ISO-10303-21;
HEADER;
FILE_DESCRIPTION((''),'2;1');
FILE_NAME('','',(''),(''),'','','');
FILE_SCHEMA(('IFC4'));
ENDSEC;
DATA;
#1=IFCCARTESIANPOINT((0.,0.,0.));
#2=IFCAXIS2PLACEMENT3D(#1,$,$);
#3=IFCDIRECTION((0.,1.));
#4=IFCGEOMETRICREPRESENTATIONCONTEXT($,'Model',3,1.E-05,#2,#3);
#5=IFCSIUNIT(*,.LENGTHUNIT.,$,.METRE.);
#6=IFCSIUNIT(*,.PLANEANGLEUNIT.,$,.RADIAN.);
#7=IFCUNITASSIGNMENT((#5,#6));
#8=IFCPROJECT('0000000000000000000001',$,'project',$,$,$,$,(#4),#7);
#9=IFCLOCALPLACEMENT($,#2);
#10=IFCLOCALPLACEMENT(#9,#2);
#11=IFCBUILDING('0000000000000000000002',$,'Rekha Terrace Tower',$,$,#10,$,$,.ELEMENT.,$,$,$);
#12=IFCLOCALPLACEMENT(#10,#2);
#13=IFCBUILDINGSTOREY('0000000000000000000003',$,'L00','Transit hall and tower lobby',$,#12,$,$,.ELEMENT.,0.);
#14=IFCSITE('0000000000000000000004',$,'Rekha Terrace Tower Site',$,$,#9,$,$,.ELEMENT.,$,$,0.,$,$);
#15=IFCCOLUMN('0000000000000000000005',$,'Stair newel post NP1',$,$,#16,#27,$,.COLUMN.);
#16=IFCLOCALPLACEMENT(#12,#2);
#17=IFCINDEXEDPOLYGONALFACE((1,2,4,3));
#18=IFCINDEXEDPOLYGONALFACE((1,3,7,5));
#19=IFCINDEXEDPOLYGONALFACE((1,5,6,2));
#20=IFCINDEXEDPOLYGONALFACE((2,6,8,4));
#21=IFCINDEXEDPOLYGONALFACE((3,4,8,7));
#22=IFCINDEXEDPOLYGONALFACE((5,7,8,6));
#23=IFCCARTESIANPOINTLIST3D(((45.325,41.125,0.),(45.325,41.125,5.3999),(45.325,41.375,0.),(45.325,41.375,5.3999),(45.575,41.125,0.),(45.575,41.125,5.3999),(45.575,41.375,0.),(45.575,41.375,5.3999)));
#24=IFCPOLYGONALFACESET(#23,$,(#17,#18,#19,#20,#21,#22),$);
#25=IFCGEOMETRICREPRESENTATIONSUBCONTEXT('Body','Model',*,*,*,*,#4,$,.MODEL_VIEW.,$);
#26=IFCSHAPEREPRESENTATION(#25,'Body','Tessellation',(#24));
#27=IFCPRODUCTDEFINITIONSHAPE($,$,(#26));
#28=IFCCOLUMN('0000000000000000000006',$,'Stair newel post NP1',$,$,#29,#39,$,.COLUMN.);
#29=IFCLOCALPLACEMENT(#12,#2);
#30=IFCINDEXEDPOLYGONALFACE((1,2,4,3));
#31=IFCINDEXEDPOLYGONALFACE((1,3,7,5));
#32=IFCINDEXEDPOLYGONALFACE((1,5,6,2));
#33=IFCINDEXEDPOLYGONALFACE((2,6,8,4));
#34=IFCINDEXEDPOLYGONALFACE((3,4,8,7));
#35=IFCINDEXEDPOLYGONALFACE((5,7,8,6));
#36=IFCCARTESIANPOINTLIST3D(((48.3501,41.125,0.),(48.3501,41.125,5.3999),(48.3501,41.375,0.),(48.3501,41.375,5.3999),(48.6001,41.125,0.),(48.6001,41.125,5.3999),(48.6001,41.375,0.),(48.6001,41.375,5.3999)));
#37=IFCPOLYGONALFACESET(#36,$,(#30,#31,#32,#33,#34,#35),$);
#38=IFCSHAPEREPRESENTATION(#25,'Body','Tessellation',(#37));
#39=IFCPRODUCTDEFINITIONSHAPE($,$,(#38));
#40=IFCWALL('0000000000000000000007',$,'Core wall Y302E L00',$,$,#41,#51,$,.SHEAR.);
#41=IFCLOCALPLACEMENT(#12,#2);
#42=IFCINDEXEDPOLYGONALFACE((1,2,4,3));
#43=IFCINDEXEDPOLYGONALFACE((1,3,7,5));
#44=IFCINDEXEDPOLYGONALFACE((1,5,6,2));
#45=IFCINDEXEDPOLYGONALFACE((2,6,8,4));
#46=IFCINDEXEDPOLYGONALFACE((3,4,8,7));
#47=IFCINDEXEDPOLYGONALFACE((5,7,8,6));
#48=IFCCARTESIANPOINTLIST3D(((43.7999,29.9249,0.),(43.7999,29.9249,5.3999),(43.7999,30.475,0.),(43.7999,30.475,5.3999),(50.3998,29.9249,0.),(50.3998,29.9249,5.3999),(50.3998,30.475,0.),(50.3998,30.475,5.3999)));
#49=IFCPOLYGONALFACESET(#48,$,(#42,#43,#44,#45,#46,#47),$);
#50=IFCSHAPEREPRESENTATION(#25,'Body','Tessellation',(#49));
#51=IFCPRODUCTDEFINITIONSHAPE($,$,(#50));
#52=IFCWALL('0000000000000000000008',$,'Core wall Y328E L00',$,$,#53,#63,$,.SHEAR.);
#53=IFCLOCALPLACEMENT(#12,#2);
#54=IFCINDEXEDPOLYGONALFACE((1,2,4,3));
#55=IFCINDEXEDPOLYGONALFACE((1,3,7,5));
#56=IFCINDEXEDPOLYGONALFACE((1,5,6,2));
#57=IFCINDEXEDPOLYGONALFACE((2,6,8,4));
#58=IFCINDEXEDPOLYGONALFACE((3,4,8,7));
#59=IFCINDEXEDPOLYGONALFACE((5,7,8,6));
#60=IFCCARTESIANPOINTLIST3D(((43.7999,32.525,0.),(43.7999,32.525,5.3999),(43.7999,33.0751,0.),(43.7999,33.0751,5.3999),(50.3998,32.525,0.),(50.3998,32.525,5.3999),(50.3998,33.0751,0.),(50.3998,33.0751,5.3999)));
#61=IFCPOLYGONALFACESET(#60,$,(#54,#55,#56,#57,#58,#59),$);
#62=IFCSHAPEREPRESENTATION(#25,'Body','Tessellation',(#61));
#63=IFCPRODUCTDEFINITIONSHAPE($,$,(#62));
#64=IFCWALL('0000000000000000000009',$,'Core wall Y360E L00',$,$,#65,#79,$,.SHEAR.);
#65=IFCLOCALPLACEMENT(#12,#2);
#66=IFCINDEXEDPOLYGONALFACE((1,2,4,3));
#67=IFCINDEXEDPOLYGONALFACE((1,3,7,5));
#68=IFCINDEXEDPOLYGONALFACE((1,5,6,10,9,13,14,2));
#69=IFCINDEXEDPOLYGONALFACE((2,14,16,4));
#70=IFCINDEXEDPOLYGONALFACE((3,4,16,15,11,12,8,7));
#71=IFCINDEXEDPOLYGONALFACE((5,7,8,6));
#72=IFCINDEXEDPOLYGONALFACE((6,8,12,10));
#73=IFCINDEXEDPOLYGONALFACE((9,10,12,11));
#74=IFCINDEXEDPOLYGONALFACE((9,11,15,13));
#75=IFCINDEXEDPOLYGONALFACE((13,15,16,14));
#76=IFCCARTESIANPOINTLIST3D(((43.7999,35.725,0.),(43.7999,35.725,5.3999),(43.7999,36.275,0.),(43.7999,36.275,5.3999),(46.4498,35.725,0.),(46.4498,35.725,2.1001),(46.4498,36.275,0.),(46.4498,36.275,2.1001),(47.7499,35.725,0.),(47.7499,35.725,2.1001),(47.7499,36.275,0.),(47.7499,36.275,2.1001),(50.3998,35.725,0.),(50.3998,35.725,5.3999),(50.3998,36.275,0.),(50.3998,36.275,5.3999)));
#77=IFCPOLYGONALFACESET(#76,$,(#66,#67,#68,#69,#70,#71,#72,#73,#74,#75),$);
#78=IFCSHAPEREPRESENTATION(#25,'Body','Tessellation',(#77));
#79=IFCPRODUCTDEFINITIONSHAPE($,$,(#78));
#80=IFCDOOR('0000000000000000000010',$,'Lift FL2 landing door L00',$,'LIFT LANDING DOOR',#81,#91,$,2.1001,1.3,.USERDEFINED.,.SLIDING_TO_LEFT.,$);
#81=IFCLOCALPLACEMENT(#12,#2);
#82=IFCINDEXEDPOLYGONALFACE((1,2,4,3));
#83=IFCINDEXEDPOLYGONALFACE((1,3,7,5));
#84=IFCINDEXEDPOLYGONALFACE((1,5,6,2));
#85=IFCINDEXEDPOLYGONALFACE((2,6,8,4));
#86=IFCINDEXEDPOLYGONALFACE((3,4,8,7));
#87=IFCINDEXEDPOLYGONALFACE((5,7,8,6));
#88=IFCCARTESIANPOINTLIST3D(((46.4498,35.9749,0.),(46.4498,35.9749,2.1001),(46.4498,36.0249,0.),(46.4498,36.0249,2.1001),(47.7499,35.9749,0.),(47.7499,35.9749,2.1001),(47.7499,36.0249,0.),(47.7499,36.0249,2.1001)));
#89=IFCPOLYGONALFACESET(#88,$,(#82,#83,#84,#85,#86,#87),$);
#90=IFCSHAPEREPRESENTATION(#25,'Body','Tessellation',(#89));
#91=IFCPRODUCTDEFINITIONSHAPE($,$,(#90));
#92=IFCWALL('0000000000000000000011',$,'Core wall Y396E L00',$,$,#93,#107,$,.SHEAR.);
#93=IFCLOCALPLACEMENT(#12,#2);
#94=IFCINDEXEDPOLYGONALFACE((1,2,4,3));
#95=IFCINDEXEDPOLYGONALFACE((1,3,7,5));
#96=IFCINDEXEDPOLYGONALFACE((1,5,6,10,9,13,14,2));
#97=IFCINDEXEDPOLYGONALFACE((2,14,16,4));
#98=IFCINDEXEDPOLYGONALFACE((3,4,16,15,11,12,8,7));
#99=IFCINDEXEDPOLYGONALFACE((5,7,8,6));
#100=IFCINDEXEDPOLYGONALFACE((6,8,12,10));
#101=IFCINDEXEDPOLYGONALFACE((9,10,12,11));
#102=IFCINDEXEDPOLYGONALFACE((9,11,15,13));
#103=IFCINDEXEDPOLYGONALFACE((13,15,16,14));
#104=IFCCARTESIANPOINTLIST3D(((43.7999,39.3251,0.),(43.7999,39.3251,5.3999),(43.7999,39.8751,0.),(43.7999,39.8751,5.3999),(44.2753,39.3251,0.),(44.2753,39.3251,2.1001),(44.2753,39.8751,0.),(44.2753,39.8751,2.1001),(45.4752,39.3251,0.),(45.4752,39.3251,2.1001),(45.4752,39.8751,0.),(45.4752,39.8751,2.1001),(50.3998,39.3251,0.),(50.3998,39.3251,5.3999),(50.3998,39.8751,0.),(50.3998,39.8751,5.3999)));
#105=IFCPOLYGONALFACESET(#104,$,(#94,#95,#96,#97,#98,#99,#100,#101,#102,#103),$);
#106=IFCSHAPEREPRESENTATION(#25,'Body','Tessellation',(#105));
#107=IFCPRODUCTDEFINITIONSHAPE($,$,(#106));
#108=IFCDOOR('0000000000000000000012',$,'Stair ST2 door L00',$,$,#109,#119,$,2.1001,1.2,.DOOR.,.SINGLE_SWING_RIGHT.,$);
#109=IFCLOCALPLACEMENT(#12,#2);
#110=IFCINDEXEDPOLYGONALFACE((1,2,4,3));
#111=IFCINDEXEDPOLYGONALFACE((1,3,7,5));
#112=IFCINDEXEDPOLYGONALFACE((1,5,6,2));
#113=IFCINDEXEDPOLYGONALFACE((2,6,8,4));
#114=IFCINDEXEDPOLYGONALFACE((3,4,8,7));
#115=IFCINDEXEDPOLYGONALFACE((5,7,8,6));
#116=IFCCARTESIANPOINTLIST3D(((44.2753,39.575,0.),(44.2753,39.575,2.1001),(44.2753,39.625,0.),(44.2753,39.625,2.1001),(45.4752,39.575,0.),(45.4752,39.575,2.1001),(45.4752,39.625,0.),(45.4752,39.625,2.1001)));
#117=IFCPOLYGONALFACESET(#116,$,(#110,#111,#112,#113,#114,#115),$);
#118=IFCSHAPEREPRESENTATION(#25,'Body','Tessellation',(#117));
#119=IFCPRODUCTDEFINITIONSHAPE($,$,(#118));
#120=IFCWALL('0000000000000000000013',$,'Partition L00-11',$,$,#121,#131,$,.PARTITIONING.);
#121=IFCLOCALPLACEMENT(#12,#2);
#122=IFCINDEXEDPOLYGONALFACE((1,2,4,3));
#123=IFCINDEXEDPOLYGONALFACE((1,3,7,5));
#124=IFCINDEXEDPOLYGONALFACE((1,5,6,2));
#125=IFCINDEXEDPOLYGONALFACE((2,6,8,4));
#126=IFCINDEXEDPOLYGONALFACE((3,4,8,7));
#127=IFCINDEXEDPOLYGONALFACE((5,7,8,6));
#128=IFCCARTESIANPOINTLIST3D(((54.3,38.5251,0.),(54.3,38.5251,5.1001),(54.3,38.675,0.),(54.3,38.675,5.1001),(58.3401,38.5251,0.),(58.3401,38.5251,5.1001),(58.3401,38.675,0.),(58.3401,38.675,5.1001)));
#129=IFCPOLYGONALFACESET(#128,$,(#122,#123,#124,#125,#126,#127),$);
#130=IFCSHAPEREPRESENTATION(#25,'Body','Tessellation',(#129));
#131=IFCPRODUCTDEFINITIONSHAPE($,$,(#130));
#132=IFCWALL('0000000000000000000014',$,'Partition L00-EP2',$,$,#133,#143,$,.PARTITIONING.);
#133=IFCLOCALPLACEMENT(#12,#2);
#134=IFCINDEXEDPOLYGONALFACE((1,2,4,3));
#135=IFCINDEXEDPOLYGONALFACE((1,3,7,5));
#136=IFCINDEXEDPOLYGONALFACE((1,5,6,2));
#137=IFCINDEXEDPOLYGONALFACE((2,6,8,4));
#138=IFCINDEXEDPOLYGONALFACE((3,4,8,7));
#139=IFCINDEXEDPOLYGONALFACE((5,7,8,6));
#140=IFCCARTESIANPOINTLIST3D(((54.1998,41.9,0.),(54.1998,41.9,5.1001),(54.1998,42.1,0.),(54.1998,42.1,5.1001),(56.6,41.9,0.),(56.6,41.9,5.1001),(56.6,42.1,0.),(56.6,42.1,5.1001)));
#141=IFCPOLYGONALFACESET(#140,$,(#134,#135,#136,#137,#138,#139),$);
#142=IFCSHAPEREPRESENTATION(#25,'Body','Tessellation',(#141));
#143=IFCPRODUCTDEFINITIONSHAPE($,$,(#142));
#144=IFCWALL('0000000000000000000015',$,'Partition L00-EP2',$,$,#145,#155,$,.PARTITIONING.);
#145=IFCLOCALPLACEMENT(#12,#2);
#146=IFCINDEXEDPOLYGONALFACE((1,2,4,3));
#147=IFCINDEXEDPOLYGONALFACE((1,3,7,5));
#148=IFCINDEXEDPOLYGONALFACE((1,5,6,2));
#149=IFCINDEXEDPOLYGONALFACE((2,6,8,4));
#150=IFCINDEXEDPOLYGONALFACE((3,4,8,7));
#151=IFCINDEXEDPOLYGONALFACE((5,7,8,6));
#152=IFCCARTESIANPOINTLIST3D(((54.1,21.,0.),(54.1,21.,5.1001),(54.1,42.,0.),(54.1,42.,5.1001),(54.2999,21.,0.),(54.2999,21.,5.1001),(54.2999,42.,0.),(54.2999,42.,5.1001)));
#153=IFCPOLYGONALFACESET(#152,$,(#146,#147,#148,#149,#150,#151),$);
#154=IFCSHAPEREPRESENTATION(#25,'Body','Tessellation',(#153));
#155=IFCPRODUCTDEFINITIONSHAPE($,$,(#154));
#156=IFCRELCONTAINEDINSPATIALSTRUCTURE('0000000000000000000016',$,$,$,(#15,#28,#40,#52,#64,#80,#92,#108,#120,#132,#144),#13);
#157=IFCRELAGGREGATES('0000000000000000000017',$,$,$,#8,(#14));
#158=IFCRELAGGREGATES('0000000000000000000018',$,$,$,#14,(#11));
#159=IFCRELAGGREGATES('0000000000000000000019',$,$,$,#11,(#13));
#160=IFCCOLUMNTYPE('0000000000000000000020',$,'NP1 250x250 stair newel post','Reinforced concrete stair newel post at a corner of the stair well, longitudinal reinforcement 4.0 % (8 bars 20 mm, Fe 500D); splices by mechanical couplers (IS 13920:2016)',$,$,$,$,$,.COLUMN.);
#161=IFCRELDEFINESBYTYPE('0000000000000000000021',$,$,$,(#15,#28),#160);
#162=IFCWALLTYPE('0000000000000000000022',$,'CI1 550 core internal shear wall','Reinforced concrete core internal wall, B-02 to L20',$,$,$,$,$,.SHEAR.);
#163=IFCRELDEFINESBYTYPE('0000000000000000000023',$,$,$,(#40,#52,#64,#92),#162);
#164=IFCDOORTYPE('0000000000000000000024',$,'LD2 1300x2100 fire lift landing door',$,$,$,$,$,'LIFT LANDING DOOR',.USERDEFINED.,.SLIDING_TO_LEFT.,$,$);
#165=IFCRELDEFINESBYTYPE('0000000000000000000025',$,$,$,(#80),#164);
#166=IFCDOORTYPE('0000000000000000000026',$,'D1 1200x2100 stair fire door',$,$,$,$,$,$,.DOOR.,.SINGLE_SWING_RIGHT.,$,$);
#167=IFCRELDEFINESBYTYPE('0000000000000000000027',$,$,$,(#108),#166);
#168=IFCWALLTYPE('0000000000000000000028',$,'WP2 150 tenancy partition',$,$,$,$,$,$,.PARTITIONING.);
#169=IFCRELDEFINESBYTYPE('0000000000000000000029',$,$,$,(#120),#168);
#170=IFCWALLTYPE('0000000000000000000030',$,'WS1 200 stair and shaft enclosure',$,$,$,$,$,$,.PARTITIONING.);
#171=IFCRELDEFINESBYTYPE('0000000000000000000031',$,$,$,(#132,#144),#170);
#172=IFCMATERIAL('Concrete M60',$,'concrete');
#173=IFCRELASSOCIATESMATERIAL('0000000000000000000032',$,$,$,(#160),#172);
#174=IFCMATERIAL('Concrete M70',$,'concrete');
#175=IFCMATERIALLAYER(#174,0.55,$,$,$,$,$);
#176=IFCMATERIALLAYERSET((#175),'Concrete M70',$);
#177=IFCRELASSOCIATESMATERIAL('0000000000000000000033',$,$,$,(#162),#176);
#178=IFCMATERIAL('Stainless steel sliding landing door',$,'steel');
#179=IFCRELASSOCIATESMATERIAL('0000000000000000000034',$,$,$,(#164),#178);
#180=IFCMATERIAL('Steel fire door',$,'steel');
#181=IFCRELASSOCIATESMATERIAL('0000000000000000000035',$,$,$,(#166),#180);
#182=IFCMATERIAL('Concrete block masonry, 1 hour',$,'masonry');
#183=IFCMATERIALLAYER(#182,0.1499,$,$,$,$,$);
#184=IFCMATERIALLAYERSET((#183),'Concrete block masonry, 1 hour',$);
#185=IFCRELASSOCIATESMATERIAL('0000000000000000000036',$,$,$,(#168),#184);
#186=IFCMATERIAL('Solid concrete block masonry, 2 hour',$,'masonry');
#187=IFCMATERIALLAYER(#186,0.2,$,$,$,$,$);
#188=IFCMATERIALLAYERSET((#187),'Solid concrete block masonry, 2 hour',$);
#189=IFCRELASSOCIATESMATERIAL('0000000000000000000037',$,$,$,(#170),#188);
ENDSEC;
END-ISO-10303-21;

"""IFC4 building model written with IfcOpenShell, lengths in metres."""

from ifc_helpers import new_model, si_unit, direction, frame, frame_2d, origin, origin_2d, place, context, subcontext, project, spatial, rectangle, extrude, material, layer, layer_set, material_profile, profile_set, type_object, element, fill, save


model = new_model("IFC4")

# Units and contexts
model_context = context("Model", 3, precision=1e-05, world=origin(), true_north=direction((0.0, 1.0)))
body_context = subcontext(model_context, "Body", "Model", "MODEL_VIEW")
ifc_project = project(units=[si_unit("LENGTHUNIT", "METRE"), si_unit("PLANEANGLEUNIT", "RADIAN")], contexts=[model_context])

# Site, building, storey
site_placement = place(None, origin())
site = spatial("IfcSite", under=ifc_project, at=site_placement, Name="Rekha Terrace Tower Site", CompositionType="ELEMENT", RefElevation=0.0)
building_placement = place(site_placement, origin())
building = spatial("IfcBuilding", under=site, at=building_placement, Name="Rekha Terrace Tower", CompositionType="ELEMENT")
storey_placement = place(building_placement, origin())
storey = spatial("IfcBuildingStorey", under=building, at=storey_placement, Name="L00", Description="Transit hall and tower lobby", CompositionType="ELEMENT", Elevation=0.0)

# Columns
ifc_material_1 = material(Name="Concrete M60", Category="concrete")
ifc_material_profile = material_profile(ifc_material_1, rectangle(XDim=0.25, YDim=0.25, at=origin_2d()), Name="RC 250x250")
ifc_profile_set = profile_set([ifc_material_profile], Name="Concrete M60")
column_type = type_object("IfcColumnType", Name="NP1 250x250 stair newel post", Description="Reinforced concrete stair newel post at a corner of the stair well, longitudinal reinforcement 4.0 % (8 bars 20 mm, Fe 500D); splices by mechanical couplers (IS 13920:2016)", PredefinedType="COLUMN", material=ifc_profile_set)
for number, where, z_axis, x_axis, name in (
    (1, (45.45, 41.25, 0.0), (0.0, 0.0, 1.0), (1.0, 0.0, 0.0), "Stair newel post NP1"),
    (2, (48.4751, 41.25, 0.0), (0.0, 0.0, 1.0), (1.0, 0.0, 0.0), "Stair newel post NP1"),
):
    element("IfcColumn", number, at=place(storey_placement, frame(where, z_axis=z_axis, x_axis=x_axis)), inside=storey, type_object=column_type, Name=name, PredefinedType="COLUMN", context=body_context, shape_type="SweptSolid", body=[
        extrude(rectangle(XDim=0.25, YDim=0.25, at=origin_2d()), origin(), (0.0, 0.0, 1.0), 5.3999),
    ])

# Walls
ifc_material_2 = material(Name="Concrete M70", Category="concrete")
ifc_layer_1 = layer(ifc_material_2, 0.55)
ifc_layer_set_1 = layer_set([ifc_layer_1], Name="Concrete M70")
wall_type_1 = type_object("IfcWallType", Name="CI1 550 core internal shear wall", Description="Reinforced concrete core internal wall, B-02 to L20", PredefinedType="SHEAR", material=ifc_layer_set_1)
for number, where, z_axis, x_axis, name in (
    (3, (43.8, 30.2, 0.0), (0.0, 0.0, 1.0), (1.0, 0.0, 0.0), "Core wall Y302E L00"),
    (4, (43.8, 32.8, 0.0), (0.0, 0.0, 1.0), (1.0, 0.0, 0.0), "Core wall Y328E L00"),
):
    element("IfcWall", number, at=place(storey_placement, frame(where, z_axis=z_axis, x_axis=x_axis)), inside=storey, type_object=wall_type_1, Name=name, PredefinedType="SHEAR", context=body_context, shape_type="SweptSolid", body=[
        extrude(rectangle(XDim=6.5999, YDim=0.55, at=frame_2d((3.2998, 0.0))), origin(), (0.0, 0.0, 1.0), 5.3999),
    ])

# Walls, openings, doors
wall_1_placement = place(storey_placement, frame((43.8, 36.0, 0.0), z_axis=(0.0, 0.0, 1.0), x_axis=(1.0, 0.0, 0.0)))
wall_1 = element("IfcWall", 5, at=wall_1_placement, inside=storey, type_object=wall_type_1, Name="Core wall Y360E L00", PredefinedType="SHEAR", context=body_context, shape_type="SweptSolid", body=[
    extrude(rectangle(XDim=6.5999, YDim=0.55, at=frame_2d((3.2998, 0.0))), origin(), (0.0, 0.0, 1.0), 5.3999),
])
opening_1_placement = place(wall_1_placement, frame((2.6499, 0.0, 0.0)))
opening_1 = element("IfcOpeningElement", 6, at=opening_1_placement, cuts=wall_1, PredefinedType="OPENING", context=body_context, shape_type="SweptSolid", body=[
    extrude(rectangle(XDim=1.3, YDim=2.1001, at=frame_2d((0.6499, 1.05))), frame((0.0, 0.2849, 0.0), z_axis=(0.0, -1.0, 0.0), x_axis=(1.0, 0.0, 0.0)), (0.0, 0.0, 1.0), 0.5701),
])
ifc_material_3 = material(Name="Stainless steel sliding landing door", Category="steel")
door_type_1 = type_object("IfcDoorType", Name="LD2 1300x2100 fire lift landing door", ElementType="LIFT LANDING DOOR", OperationType="SLIDING_TO_LEFT", PredefinedType="USERDEFINED", material=ifc_material_3)
door_1_placement = place(opening_1_placement, origin())
door_1 = element("IfcDoor", 7, at=door_1_placement, inside=storey, type_object=door_type_1, Name="Lift FL2 landing door L00", ObjectType="LIFT LANDING DOOR", OperationType="SLIDING_TO_LEFT", OverallHeight=2.1001, OverallWidth=1.3, PredefinedType="USERDEFINED", context=body_context, shape_type="SweptSolid", body=[
    extrude(rectangle(XDim=1.3, YDim=2.1001, at=frame_2d((0.6499, 1.05))), frame((0.0, 0.0249, 0.0), z_axis=(0.0, -1.0, 0.0), x_axis=(1.0, 0.0, 0.0)), (0.0, 0.0, 1.0), 0.05),
])
fill(opening_1, door_1)
wall_2_placement = place(storey_placement, frame((43.8, 39.6001, 0.0), z_axis=(0.0, 0.0, 1.0), x_axis=(1.0, 0.0, 0.0)))
wall_2 = element("IfcWall", 8, at=wall_2_placement, inside=storey, type_object=wall_type_1, Name="Core wall Y396E L00", PredefinedType="SHEAR", context=body_context, shape_type="SweptSolid", body=[
    extrude(rectangle(XDim=6.5999, YDim=0.55, at=frame_2d((3.2998, 0.0))), origin(), (0.0, 0.0, 1.0), 5.3999),
])
opening_2_placement = place(wall_2_placement, frame((0.4751, 0.0, 0.0)))
opening_2 = element("IfcOpeningElement", 9, at=opening_2_placement, cuts=wall_2, PredefinedType="OPENING", context=body_context, shape_type="SweptSolid", body=[
    extrude(rectangle(XDim=1.2, YDim=2.1001, at=frame_2d((0.6001, 1.05))), frame((0.0, 0.2849, 0.0), z_axis=(0.0, -1.0, 0.0), x_axis=(1.0, 0.0, 0.0)), (0.0, 0.0, 1.0), 0.5701),
])
ifc_material_4 = material(Name="Steel fire door", Category="steel")
door_type_2 = type_object("IfcDoorType", Name="D1 1200x2100 stair fire door", OperationType="SINGLE_SWING_RIGHT", PredefinedType="DOOR", material=ifc_material_4)
door_2_placement = place(opening_2_placement, origin())
door_2 = element("IfcDoor", 10, at=door_2_placement, inside=storey, type_object=door_type_2, Name="Stair ST2 door L00", OperationType="SINGLE_SWING_RIGHT", OverallHeight=2.1001, OverallWidth=1.2, PredefinedType="DOOR", context=body_context, shape_type="SweptSolid", body=[
    extrude(rectangle(XDim=1.2, YDim=2.1001, at=frame_2d((0.6001, 1.05))), frame((0.0, 0.0249, 0.0), z_axis=(0.0, -1.0, 0.0), x_axis=(1.0, 0.0, 0.0)), (0.0, 0.0, 1.0), 0.05),
])
fill(opening_2, door_2)

# Walls
ifc_material_5 = material(Name="Concrete block masonry, 1 hour", Category="masonry")
ifc_layer_2 = layer(ifc_material_5, 0.1499)
ifc_layer_set_2 = layer_set([ifc_layer_2], Name="Concrete block masonry, 1 hour")
wall_type_2 = type_object("IfcWallType", Name="WP2 150 tenancy partition", PredefinedType="PARTITIONING", material=ifc_layer_set_2)
wall_3_placement = place(storey_placement, frame((54.3, 38.6001, 0.0), z_axis=(0.0, 0.0, 1.0), x_axis=(1.0, 0.0, 0.0)))
element("IfcWall", 11, at=wall_3_placement, inside=storey, type_object=wall_type_2, Name="Partition L00-11", PredefinedType="PARTITIONING", context=body_context, shape_type="SweptSolid", body=[
    extrude(rectangle(XDim=4.04, YDim=0.1499, at=frame_2d((2.02, 0.0))), origin(), (0.0, 0.0, 1.0), 5.1001),
])
ifc_material_6 = material(Name="Solid concrete block masonry, 2 hour", Category="masonry")
ifc_layer_3 = layer(ifc_material_6, 0.2)
ifc_layer_set_3 = layer_set([ifc_layer_3], Name="Solid concrete block masonry, 2 hour")
wall_type_3 = type_object("IfcWallType", Name="WS1 200 stair and shaft enclosure", PredefinedType="PARTITIONING", material=ifc_layer_set_3)
wall_4_placement = place(storey_placement, frame((56.6001, 42.0, 0.0), z_axis=(0.0, 0.0, 1.0), x_axis=(-1.0, 0.0, 0.0)))
element("IfcWall", 12, at=wall_4_placement, inside=storey, type_object=wall_type_3, Name="Partition L00-EP2", PredefinedType="PARTITIONING", context=body_context, shape_type="SweptSolid", body=[
    extrude(rectangle(XDim=2.4001, YDim=0.2, at=frame_2d((1.2002, 0.0))), origin(), (0.0, 0.0, 1.0), 5.1001),
])
wall_5_placement = place(storey_placement, frame((54.2, 42.0, 0.0), z_axis=(0.0, 0.0, 1.0), x_axis=(0.0, -1.0, 0.0)))
element("IfcWall", 13, at=wall_5_placement, inside=storey, type_object=wall_type_3, Name="Partition L00-EP2", PredefinedType="PARTITIONING", context=body_context, shape_type="SweptSolid", body=[
    extrude(rectangle(XDim=21.0, YDim=0.2, at=frame_2d((10.5, 0.0))), origin(), (0.0, 0.0, 1.0), 5.1001),
])

save(model, "model.ifc")
